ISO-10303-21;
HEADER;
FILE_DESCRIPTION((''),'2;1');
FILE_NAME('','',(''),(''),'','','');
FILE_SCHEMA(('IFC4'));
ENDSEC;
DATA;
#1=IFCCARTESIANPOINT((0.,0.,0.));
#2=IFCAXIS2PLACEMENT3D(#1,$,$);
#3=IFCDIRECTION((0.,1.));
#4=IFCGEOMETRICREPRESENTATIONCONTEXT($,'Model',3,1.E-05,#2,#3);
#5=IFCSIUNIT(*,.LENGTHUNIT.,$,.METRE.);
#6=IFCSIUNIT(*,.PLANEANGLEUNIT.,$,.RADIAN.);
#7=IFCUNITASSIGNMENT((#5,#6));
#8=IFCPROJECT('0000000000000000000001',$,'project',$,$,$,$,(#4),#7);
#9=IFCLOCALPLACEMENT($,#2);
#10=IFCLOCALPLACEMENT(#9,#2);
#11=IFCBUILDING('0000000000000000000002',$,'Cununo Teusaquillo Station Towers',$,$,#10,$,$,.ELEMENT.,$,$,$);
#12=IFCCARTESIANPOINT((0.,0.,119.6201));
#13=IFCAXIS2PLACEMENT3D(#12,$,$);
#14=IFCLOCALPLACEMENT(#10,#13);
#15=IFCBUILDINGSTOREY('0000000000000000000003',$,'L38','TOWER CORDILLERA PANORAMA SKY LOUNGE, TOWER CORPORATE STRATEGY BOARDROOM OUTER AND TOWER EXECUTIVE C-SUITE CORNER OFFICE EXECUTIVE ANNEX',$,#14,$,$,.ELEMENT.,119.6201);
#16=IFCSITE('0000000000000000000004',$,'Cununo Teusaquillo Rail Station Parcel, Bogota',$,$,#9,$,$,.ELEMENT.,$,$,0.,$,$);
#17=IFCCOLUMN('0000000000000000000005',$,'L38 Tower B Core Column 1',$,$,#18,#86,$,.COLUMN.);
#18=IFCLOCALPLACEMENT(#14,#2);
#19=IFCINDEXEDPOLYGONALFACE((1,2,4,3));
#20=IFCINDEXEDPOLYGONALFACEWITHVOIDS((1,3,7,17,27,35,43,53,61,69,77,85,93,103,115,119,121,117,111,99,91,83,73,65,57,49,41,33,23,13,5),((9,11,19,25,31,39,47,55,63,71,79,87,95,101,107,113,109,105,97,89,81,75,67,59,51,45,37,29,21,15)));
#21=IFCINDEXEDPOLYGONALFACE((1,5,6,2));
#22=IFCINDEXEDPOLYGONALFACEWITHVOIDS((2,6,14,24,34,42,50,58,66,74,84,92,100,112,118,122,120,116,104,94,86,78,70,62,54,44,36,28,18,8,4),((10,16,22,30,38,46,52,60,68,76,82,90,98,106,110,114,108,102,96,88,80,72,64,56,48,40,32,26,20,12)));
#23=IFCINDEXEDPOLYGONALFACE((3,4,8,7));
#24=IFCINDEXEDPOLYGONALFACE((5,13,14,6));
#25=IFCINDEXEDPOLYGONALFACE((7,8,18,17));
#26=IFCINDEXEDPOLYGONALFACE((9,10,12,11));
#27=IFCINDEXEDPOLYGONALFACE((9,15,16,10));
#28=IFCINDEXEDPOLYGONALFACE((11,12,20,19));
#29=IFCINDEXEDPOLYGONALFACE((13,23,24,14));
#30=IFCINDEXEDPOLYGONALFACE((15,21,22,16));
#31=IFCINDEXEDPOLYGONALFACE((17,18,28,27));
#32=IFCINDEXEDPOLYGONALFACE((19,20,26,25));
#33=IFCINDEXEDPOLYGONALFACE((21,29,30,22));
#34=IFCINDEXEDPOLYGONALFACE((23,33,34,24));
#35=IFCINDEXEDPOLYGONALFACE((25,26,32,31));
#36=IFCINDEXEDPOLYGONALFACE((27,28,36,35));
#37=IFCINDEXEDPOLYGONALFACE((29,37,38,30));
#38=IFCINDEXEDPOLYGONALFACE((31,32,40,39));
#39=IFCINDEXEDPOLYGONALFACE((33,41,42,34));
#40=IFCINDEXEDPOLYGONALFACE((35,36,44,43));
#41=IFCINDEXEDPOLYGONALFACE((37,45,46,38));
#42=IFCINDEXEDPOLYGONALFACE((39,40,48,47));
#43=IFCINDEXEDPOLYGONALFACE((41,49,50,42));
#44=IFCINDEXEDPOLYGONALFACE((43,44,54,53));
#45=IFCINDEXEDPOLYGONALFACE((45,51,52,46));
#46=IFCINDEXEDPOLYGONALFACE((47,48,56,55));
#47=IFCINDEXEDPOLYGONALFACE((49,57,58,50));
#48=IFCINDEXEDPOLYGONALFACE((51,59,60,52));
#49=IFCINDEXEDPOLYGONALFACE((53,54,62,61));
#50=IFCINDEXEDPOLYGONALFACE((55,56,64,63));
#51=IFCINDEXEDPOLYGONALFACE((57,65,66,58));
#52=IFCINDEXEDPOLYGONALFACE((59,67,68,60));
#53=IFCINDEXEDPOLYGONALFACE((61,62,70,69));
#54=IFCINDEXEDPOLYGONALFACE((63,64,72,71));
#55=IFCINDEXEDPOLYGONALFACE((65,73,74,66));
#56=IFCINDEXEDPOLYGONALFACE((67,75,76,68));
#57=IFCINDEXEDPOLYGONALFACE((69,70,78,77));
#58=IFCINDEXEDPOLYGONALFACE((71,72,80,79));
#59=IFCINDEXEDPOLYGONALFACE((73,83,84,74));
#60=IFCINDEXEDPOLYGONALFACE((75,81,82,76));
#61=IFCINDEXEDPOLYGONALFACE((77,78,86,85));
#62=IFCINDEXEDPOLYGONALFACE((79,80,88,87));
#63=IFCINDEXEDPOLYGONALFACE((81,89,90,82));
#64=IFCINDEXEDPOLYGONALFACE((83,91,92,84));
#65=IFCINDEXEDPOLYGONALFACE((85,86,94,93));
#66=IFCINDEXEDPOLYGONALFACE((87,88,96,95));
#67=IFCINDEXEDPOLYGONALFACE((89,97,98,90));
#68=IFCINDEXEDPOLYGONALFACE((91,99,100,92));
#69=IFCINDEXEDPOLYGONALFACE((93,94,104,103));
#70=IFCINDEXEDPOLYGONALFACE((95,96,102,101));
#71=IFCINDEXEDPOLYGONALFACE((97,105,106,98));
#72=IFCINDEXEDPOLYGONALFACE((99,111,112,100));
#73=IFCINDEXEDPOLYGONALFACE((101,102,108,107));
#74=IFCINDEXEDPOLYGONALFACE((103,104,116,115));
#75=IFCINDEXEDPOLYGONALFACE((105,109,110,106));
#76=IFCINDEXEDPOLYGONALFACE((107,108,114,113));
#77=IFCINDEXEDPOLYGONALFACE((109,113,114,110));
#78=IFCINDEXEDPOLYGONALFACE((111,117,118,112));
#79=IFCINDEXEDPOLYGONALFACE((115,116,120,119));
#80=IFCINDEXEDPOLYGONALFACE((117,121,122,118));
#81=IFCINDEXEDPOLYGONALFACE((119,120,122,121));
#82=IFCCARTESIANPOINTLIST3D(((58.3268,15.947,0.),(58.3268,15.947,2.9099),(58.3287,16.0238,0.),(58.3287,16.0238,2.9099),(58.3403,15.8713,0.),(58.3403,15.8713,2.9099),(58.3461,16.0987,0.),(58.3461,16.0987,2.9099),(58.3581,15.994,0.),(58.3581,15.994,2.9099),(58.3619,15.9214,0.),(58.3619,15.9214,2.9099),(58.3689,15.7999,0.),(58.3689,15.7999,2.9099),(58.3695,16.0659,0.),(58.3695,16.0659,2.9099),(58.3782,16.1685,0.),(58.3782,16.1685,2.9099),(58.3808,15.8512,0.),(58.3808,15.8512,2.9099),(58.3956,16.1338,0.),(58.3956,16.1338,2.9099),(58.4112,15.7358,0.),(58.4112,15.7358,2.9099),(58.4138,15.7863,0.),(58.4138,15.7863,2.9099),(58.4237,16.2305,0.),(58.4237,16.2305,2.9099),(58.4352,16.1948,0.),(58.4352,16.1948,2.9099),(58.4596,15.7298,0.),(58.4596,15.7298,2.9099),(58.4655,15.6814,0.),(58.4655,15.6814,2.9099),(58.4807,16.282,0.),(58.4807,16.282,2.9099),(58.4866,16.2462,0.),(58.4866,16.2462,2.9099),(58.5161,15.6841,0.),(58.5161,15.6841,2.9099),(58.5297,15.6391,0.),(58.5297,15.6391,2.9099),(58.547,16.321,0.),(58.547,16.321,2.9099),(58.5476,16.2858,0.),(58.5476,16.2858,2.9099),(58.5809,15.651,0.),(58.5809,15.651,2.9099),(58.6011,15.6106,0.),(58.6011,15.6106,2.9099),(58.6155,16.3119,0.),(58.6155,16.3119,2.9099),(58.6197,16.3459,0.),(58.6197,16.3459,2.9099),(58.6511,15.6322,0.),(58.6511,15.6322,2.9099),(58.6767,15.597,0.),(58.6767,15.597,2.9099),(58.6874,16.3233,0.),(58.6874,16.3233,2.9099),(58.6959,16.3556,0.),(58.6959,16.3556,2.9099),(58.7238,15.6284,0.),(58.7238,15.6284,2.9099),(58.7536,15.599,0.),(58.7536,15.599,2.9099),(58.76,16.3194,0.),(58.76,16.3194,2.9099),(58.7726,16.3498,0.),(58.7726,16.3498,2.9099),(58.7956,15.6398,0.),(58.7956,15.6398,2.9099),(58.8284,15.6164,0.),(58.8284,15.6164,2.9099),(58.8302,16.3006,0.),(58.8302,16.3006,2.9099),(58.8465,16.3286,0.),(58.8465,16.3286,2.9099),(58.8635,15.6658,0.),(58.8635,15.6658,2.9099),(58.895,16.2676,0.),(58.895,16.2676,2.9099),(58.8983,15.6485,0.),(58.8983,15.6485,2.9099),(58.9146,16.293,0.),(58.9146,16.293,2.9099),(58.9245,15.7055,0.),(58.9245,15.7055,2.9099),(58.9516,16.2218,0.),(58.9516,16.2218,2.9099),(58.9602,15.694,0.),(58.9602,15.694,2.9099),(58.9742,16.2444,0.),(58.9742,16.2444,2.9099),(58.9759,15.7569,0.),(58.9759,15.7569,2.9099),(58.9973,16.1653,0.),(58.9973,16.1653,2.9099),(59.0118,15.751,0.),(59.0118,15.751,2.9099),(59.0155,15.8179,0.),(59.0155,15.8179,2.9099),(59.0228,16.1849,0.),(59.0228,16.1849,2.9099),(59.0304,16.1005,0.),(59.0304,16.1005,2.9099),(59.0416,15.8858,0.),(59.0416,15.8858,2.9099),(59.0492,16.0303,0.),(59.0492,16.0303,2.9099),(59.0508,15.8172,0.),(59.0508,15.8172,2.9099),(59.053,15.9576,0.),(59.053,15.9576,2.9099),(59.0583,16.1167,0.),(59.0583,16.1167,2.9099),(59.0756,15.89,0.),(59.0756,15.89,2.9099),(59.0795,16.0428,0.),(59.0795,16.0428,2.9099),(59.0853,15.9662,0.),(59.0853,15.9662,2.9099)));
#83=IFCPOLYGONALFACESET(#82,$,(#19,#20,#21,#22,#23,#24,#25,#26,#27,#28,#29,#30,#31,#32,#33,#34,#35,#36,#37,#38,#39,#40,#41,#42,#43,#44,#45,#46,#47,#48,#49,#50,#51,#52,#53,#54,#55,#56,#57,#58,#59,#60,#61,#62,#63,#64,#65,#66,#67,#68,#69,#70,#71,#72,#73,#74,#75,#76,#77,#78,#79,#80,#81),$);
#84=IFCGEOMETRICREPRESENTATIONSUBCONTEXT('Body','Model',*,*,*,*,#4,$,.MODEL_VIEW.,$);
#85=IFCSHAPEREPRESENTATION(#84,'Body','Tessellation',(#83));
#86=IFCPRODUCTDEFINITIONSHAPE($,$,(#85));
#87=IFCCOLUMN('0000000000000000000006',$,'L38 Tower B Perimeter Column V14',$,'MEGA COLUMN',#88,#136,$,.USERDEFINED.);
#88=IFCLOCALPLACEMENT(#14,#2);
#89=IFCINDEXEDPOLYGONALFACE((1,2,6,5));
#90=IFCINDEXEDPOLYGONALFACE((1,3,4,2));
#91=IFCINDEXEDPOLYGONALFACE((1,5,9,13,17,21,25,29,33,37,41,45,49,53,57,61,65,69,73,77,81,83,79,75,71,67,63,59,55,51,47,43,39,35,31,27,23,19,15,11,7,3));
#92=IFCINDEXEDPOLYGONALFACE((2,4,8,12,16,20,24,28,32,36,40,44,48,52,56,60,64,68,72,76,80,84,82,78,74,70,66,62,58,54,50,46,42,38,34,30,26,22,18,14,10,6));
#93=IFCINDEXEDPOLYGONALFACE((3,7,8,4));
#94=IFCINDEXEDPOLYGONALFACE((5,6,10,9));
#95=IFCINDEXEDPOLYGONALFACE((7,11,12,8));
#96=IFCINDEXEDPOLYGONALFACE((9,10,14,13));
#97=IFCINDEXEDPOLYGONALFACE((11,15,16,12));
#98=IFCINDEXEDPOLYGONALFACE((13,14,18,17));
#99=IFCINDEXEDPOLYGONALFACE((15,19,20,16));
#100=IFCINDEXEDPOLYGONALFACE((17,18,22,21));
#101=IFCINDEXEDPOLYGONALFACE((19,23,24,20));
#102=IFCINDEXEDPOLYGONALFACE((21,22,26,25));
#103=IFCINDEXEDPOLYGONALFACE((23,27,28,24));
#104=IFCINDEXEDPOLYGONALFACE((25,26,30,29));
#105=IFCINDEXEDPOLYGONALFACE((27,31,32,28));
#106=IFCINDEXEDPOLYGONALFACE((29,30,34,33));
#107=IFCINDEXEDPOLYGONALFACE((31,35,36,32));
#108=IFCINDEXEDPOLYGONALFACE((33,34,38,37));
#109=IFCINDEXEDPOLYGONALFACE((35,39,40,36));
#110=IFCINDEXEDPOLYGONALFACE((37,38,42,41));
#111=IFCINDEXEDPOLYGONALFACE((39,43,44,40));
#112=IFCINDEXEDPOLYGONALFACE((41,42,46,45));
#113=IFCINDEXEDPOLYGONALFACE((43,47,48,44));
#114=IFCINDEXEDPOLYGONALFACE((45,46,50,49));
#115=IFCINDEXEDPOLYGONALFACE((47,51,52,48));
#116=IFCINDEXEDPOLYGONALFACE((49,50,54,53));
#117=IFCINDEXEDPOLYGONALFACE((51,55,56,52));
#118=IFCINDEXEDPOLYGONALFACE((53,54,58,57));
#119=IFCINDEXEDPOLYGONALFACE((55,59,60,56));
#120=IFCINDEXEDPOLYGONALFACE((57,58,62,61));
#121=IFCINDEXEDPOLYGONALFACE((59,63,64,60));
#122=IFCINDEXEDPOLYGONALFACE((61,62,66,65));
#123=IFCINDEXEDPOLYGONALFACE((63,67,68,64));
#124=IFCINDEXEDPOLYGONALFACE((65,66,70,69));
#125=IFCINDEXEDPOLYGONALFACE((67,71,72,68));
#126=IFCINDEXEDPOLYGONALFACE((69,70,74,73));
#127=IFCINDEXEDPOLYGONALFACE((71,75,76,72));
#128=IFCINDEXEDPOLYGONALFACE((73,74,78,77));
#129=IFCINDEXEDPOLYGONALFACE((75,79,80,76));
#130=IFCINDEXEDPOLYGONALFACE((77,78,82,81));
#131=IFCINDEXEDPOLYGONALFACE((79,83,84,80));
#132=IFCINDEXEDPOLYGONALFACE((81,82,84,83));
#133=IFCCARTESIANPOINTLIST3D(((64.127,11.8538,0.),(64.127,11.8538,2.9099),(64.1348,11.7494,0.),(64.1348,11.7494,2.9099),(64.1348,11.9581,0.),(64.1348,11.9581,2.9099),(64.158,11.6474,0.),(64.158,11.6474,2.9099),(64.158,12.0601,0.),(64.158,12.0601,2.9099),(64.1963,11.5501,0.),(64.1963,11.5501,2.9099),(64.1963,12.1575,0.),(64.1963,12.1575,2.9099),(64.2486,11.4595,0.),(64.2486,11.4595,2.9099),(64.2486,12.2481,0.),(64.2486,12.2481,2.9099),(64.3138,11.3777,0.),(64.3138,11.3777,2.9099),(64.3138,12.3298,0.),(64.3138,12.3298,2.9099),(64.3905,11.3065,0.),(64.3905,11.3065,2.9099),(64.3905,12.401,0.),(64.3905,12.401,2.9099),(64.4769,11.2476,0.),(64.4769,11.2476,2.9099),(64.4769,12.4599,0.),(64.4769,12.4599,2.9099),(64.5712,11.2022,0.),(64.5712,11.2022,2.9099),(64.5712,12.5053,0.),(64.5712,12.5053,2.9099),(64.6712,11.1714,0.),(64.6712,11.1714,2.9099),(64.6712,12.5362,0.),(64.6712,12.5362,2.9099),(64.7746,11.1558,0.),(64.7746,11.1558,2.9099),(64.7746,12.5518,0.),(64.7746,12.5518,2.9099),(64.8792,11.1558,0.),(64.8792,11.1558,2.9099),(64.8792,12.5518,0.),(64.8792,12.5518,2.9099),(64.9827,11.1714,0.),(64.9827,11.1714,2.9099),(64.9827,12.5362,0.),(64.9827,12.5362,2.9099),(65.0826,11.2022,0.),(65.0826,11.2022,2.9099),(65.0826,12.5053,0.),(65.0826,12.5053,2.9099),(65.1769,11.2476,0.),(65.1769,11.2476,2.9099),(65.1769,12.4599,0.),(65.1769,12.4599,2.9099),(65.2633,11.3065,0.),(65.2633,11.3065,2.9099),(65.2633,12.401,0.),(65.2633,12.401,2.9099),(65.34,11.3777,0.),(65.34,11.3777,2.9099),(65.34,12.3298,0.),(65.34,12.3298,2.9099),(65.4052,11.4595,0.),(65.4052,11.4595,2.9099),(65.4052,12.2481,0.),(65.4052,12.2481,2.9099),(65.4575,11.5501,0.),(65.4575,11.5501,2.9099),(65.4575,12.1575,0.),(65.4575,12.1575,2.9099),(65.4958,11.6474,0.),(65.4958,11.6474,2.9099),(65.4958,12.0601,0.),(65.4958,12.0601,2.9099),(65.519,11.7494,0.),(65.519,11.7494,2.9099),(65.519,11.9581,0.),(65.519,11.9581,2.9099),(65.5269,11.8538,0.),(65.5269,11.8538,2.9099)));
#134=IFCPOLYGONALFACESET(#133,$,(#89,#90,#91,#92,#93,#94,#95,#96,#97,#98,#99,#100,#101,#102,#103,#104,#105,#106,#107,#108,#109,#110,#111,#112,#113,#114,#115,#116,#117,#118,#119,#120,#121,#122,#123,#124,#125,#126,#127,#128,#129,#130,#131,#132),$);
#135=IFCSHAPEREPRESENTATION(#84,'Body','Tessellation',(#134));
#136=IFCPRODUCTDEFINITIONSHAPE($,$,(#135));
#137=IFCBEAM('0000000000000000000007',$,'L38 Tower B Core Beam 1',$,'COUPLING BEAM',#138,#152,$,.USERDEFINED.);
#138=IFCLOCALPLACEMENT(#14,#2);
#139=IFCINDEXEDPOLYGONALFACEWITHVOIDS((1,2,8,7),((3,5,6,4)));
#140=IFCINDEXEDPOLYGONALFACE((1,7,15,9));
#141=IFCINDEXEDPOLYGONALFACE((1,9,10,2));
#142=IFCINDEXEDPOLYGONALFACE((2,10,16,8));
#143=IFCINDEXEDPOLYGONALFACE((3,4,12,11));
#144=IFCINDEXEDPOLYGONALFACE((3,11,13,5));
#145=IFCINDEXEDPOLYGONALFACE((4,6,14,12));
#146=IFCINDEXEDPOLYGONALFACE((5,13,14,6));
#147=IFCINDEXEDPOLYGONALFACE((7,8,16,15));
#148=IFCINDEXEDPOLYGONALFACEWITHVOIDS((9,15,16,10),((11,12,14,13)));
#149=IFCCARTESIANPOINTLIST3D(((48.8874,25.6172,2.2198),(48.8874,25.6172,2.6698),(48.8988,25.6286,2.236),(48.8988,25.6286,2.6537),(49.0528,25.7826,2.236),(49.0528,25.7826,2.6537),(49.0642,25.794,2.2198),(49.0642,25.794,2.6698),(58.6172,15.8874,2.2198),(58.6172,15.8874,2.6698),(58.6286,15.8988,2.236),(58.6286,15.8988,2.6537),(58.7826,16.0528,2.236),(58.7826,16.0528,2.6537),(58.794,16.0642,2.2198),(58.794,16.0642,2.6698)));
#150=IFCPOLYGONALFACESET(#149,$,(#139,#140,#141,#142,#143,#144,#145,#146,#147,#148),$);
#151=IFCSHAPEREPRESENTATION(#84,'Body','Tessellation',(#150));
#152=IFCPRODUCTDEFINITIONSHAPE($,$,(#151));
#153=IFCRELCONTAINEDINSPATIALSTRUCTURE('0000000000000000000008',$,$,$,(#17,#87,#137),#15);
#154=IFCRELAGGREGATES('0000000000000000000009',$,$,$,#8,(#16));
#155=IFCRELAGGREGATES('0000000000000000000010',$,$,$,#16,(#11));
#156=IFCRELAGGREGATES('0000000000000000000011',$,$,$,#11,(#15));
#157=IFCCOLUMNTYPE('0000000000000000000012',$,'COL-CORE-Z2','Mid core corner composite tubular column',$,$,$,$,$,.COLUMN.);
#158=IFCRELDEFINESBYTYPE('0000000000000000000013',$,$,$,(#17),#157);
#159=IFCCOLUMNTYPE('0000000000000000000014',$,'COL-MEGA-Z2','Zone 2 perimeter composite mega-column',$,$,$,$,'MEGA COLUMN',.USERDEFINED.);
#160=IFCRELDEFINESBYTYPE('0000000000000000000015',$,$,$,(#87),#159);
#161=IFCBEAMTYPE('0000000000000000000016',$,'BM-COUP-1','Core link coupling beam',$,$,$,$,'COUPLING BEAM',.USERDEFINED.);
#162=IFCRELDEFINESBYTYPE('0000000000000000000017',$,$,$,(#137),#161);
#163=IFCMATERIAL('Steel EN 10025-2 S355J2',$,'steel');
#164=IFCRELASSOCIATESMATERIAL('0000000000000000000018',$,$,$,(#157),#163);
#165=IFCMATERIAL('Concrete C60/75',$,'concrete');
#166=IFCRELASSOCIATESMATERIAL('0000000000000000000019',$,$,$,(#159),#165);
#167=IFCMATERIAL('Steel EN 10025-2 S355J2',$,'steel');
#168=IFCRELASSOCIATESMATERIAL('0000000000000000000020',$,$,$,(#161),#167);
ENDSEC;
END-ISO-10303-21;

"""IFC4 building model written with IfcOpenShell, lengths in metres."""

from ifc_helpers import new_model, si_unit, direction, frame, origin, origin_2d, place, context, subcontext, project, spatial, hollow_rectangle, circle, hollow_circle, extrude, material, material_profile, profile_set, type_object, element, save


model = new_model("IFC4")

# Units and contexts
model_context = context("Model", 3, precision=1e-05, world=origin(), true_north=direction((0.0, 1.0)))
body_context = subcontext(model_context, "Body", "Model", "MODEL_VIEW")
ifc_project = project(units=[si_unit("LENGTHUNIT", "METRE"), si_unit("PLANEANGLEUNIT", "RADIAN")], contexts=[model_context])

# Site, building, storey
site_placement = place(None, origin())
site = spatial("IfcSite", under=ifc_project, at=site_placement, Name="Cununo Teusaquillo Rail Station Parcel, Bogota", CompositionType="ELEMENT", RefElevation=0.0)
building_placement = place(site_placement, origin())
building = spatial("IfcBuilding", under=site, at=building_placement, Name="Cununo Teusaquillo Station Towers", CompositionType="ELEMENT")
storey_placement = place(building_placement, frame((0.0, 0.0, 119.6201)))
storey = spatial("IfcBuildingStorey", under=building, at=storey_placement, Name="L38", Description="TOWER CORDILLERA PANORAMA SKY LOUNGE, TOWER CORPORATE STRATEGY BOARDROOM OUTER AND TOWER EXECUTIVE C-SUITE CORNER OFFICE EXECUTIVE ANNEX", CompositionType="ELEMENT", Elevation=119.6201)

# Columns
ifc_material_1 = material(Name="Steel EN 10025-2 S355J2", Category="steel")
ifc_material_profile_1 = material_profile(ifc_material_1, hollow_circle(Radius=0.3799, WallThickness=0.032, at=origin_2d()), Name="CHS 760x32")
ifc_profile_set_1 = profile_set([ifc_material_profile_1], Name="Steel EN 10025-2 S355J2")
column_type_1 = type_object("IfcColumnType", Name="COL-CORE-Z2", Description="Mid core corner composite tubular column", PredefinedType="COLUMN", material=ifc_profile_set_1)
column_1_placement = place(storey_placement, frame((58.7056, 15.9758, 0.0), z_axis=(0.0, 0.0, 1.0), x_axis=(0.707107, 0.707107, 0.0)))
element("IfcColumn", 1, at=column_1_placement, inside=storey, type_object=column_type_1, Name="L38 Tower B Core Column 1", PredefinedType="COLUMN", context=body_context, shape_type="SweptSolid", body=[
    extrude(hollow_circle(Radius=0.3799, WallThickness=0.032, at=origin_2d()), origin(), (0.0, 0.0, 1.0), 2.9099),
])
ifc_material_2 = material(Name="Concrete C60/75", Category="concrete")
ifc_material_profile_2 = material_profile(ifc_material_2, circle(Radius=0.7, at=origin_2d()), Name="RC-CIRC-1400")
ifc_profile_set_2 = profile_set([ifc_material_profile_2], Name="Concrete C60/75")
column_type_2 = type_object("IfcColumnType", Name="COL-MEGA-Z2", Description="Zone 2 perimeter composite mega-column", ElementType="MEGA COLUMN", PredefinedType="USERDEFINED", material=ifc_profile_set_2)
column_2_placement = place(storey_placement, frame((64.8269, 11.8538, 0.0), z_axis=(0.0, 0.0, 1.0), x_axis=(1.0, 0.0, 0.0)))
element("IfcColumn", 2, at=column_2_placement, inside=storey, type_object=column_type_2, Name="L38 Tower B Perimeter Column V14", ObjectType="MEGA COLUMN", PredefinedType="USERDEFINED", context=body_context, shape_type="SweptSolid", body=[
    extrude(circle(Radius=0.7, at=origin_2d()), origin(), (0.0, 0.0, 1.0), 2.9099),
])

# Beam
ifc_material_3 = material(Name="Steel EN 10025-2 S355J2", Category="steel")
ifc_material_profile_3 = material_profile(ifc_material_3, hollow_rectangle(XDim=0.25, YDim=0.45, WallThickness=0.0161, at=origin_2d()), Name="RHS 450x250x16")
ifc_profile_set_3 = profile_set([ifc_material_profile_3], Name="Steel EN 10025-2 S355J2")
beam_type_1 = type_object("IfcBeamType", Name="BM-COUP-1", Description="Core link coupling beam", ElementType="COUPLING BEAM", PredefinedType="USERDEFINED", material=ifc_profile_set_3)
beam_1_placement = place(storey_placement, frame((58.7056, 15.9758, 2.4448), z_axis=(-0.707107, 0.707107, 0.0), x_axis=(-0.707107, -0.707107, 0.0)))
element("IfcBeam", 3, at=beam_1_placement, inside=storey, type_object=beam_type_1, Name="L38 Tower B Core Beam 1", ObjectType="COUPLING BEAM", PredefinedType="USERDEFINED", context=body_context, shape_type="SweptSolid", body=[
    extrude(hollow_rectangle(XDim=0.25, YDim=0.45, WallThickness=0.0161, at=origin_2d()), origin(), (0.0, 0.0, 1.0), 13.76),
])

save(model, "model.ifc")
